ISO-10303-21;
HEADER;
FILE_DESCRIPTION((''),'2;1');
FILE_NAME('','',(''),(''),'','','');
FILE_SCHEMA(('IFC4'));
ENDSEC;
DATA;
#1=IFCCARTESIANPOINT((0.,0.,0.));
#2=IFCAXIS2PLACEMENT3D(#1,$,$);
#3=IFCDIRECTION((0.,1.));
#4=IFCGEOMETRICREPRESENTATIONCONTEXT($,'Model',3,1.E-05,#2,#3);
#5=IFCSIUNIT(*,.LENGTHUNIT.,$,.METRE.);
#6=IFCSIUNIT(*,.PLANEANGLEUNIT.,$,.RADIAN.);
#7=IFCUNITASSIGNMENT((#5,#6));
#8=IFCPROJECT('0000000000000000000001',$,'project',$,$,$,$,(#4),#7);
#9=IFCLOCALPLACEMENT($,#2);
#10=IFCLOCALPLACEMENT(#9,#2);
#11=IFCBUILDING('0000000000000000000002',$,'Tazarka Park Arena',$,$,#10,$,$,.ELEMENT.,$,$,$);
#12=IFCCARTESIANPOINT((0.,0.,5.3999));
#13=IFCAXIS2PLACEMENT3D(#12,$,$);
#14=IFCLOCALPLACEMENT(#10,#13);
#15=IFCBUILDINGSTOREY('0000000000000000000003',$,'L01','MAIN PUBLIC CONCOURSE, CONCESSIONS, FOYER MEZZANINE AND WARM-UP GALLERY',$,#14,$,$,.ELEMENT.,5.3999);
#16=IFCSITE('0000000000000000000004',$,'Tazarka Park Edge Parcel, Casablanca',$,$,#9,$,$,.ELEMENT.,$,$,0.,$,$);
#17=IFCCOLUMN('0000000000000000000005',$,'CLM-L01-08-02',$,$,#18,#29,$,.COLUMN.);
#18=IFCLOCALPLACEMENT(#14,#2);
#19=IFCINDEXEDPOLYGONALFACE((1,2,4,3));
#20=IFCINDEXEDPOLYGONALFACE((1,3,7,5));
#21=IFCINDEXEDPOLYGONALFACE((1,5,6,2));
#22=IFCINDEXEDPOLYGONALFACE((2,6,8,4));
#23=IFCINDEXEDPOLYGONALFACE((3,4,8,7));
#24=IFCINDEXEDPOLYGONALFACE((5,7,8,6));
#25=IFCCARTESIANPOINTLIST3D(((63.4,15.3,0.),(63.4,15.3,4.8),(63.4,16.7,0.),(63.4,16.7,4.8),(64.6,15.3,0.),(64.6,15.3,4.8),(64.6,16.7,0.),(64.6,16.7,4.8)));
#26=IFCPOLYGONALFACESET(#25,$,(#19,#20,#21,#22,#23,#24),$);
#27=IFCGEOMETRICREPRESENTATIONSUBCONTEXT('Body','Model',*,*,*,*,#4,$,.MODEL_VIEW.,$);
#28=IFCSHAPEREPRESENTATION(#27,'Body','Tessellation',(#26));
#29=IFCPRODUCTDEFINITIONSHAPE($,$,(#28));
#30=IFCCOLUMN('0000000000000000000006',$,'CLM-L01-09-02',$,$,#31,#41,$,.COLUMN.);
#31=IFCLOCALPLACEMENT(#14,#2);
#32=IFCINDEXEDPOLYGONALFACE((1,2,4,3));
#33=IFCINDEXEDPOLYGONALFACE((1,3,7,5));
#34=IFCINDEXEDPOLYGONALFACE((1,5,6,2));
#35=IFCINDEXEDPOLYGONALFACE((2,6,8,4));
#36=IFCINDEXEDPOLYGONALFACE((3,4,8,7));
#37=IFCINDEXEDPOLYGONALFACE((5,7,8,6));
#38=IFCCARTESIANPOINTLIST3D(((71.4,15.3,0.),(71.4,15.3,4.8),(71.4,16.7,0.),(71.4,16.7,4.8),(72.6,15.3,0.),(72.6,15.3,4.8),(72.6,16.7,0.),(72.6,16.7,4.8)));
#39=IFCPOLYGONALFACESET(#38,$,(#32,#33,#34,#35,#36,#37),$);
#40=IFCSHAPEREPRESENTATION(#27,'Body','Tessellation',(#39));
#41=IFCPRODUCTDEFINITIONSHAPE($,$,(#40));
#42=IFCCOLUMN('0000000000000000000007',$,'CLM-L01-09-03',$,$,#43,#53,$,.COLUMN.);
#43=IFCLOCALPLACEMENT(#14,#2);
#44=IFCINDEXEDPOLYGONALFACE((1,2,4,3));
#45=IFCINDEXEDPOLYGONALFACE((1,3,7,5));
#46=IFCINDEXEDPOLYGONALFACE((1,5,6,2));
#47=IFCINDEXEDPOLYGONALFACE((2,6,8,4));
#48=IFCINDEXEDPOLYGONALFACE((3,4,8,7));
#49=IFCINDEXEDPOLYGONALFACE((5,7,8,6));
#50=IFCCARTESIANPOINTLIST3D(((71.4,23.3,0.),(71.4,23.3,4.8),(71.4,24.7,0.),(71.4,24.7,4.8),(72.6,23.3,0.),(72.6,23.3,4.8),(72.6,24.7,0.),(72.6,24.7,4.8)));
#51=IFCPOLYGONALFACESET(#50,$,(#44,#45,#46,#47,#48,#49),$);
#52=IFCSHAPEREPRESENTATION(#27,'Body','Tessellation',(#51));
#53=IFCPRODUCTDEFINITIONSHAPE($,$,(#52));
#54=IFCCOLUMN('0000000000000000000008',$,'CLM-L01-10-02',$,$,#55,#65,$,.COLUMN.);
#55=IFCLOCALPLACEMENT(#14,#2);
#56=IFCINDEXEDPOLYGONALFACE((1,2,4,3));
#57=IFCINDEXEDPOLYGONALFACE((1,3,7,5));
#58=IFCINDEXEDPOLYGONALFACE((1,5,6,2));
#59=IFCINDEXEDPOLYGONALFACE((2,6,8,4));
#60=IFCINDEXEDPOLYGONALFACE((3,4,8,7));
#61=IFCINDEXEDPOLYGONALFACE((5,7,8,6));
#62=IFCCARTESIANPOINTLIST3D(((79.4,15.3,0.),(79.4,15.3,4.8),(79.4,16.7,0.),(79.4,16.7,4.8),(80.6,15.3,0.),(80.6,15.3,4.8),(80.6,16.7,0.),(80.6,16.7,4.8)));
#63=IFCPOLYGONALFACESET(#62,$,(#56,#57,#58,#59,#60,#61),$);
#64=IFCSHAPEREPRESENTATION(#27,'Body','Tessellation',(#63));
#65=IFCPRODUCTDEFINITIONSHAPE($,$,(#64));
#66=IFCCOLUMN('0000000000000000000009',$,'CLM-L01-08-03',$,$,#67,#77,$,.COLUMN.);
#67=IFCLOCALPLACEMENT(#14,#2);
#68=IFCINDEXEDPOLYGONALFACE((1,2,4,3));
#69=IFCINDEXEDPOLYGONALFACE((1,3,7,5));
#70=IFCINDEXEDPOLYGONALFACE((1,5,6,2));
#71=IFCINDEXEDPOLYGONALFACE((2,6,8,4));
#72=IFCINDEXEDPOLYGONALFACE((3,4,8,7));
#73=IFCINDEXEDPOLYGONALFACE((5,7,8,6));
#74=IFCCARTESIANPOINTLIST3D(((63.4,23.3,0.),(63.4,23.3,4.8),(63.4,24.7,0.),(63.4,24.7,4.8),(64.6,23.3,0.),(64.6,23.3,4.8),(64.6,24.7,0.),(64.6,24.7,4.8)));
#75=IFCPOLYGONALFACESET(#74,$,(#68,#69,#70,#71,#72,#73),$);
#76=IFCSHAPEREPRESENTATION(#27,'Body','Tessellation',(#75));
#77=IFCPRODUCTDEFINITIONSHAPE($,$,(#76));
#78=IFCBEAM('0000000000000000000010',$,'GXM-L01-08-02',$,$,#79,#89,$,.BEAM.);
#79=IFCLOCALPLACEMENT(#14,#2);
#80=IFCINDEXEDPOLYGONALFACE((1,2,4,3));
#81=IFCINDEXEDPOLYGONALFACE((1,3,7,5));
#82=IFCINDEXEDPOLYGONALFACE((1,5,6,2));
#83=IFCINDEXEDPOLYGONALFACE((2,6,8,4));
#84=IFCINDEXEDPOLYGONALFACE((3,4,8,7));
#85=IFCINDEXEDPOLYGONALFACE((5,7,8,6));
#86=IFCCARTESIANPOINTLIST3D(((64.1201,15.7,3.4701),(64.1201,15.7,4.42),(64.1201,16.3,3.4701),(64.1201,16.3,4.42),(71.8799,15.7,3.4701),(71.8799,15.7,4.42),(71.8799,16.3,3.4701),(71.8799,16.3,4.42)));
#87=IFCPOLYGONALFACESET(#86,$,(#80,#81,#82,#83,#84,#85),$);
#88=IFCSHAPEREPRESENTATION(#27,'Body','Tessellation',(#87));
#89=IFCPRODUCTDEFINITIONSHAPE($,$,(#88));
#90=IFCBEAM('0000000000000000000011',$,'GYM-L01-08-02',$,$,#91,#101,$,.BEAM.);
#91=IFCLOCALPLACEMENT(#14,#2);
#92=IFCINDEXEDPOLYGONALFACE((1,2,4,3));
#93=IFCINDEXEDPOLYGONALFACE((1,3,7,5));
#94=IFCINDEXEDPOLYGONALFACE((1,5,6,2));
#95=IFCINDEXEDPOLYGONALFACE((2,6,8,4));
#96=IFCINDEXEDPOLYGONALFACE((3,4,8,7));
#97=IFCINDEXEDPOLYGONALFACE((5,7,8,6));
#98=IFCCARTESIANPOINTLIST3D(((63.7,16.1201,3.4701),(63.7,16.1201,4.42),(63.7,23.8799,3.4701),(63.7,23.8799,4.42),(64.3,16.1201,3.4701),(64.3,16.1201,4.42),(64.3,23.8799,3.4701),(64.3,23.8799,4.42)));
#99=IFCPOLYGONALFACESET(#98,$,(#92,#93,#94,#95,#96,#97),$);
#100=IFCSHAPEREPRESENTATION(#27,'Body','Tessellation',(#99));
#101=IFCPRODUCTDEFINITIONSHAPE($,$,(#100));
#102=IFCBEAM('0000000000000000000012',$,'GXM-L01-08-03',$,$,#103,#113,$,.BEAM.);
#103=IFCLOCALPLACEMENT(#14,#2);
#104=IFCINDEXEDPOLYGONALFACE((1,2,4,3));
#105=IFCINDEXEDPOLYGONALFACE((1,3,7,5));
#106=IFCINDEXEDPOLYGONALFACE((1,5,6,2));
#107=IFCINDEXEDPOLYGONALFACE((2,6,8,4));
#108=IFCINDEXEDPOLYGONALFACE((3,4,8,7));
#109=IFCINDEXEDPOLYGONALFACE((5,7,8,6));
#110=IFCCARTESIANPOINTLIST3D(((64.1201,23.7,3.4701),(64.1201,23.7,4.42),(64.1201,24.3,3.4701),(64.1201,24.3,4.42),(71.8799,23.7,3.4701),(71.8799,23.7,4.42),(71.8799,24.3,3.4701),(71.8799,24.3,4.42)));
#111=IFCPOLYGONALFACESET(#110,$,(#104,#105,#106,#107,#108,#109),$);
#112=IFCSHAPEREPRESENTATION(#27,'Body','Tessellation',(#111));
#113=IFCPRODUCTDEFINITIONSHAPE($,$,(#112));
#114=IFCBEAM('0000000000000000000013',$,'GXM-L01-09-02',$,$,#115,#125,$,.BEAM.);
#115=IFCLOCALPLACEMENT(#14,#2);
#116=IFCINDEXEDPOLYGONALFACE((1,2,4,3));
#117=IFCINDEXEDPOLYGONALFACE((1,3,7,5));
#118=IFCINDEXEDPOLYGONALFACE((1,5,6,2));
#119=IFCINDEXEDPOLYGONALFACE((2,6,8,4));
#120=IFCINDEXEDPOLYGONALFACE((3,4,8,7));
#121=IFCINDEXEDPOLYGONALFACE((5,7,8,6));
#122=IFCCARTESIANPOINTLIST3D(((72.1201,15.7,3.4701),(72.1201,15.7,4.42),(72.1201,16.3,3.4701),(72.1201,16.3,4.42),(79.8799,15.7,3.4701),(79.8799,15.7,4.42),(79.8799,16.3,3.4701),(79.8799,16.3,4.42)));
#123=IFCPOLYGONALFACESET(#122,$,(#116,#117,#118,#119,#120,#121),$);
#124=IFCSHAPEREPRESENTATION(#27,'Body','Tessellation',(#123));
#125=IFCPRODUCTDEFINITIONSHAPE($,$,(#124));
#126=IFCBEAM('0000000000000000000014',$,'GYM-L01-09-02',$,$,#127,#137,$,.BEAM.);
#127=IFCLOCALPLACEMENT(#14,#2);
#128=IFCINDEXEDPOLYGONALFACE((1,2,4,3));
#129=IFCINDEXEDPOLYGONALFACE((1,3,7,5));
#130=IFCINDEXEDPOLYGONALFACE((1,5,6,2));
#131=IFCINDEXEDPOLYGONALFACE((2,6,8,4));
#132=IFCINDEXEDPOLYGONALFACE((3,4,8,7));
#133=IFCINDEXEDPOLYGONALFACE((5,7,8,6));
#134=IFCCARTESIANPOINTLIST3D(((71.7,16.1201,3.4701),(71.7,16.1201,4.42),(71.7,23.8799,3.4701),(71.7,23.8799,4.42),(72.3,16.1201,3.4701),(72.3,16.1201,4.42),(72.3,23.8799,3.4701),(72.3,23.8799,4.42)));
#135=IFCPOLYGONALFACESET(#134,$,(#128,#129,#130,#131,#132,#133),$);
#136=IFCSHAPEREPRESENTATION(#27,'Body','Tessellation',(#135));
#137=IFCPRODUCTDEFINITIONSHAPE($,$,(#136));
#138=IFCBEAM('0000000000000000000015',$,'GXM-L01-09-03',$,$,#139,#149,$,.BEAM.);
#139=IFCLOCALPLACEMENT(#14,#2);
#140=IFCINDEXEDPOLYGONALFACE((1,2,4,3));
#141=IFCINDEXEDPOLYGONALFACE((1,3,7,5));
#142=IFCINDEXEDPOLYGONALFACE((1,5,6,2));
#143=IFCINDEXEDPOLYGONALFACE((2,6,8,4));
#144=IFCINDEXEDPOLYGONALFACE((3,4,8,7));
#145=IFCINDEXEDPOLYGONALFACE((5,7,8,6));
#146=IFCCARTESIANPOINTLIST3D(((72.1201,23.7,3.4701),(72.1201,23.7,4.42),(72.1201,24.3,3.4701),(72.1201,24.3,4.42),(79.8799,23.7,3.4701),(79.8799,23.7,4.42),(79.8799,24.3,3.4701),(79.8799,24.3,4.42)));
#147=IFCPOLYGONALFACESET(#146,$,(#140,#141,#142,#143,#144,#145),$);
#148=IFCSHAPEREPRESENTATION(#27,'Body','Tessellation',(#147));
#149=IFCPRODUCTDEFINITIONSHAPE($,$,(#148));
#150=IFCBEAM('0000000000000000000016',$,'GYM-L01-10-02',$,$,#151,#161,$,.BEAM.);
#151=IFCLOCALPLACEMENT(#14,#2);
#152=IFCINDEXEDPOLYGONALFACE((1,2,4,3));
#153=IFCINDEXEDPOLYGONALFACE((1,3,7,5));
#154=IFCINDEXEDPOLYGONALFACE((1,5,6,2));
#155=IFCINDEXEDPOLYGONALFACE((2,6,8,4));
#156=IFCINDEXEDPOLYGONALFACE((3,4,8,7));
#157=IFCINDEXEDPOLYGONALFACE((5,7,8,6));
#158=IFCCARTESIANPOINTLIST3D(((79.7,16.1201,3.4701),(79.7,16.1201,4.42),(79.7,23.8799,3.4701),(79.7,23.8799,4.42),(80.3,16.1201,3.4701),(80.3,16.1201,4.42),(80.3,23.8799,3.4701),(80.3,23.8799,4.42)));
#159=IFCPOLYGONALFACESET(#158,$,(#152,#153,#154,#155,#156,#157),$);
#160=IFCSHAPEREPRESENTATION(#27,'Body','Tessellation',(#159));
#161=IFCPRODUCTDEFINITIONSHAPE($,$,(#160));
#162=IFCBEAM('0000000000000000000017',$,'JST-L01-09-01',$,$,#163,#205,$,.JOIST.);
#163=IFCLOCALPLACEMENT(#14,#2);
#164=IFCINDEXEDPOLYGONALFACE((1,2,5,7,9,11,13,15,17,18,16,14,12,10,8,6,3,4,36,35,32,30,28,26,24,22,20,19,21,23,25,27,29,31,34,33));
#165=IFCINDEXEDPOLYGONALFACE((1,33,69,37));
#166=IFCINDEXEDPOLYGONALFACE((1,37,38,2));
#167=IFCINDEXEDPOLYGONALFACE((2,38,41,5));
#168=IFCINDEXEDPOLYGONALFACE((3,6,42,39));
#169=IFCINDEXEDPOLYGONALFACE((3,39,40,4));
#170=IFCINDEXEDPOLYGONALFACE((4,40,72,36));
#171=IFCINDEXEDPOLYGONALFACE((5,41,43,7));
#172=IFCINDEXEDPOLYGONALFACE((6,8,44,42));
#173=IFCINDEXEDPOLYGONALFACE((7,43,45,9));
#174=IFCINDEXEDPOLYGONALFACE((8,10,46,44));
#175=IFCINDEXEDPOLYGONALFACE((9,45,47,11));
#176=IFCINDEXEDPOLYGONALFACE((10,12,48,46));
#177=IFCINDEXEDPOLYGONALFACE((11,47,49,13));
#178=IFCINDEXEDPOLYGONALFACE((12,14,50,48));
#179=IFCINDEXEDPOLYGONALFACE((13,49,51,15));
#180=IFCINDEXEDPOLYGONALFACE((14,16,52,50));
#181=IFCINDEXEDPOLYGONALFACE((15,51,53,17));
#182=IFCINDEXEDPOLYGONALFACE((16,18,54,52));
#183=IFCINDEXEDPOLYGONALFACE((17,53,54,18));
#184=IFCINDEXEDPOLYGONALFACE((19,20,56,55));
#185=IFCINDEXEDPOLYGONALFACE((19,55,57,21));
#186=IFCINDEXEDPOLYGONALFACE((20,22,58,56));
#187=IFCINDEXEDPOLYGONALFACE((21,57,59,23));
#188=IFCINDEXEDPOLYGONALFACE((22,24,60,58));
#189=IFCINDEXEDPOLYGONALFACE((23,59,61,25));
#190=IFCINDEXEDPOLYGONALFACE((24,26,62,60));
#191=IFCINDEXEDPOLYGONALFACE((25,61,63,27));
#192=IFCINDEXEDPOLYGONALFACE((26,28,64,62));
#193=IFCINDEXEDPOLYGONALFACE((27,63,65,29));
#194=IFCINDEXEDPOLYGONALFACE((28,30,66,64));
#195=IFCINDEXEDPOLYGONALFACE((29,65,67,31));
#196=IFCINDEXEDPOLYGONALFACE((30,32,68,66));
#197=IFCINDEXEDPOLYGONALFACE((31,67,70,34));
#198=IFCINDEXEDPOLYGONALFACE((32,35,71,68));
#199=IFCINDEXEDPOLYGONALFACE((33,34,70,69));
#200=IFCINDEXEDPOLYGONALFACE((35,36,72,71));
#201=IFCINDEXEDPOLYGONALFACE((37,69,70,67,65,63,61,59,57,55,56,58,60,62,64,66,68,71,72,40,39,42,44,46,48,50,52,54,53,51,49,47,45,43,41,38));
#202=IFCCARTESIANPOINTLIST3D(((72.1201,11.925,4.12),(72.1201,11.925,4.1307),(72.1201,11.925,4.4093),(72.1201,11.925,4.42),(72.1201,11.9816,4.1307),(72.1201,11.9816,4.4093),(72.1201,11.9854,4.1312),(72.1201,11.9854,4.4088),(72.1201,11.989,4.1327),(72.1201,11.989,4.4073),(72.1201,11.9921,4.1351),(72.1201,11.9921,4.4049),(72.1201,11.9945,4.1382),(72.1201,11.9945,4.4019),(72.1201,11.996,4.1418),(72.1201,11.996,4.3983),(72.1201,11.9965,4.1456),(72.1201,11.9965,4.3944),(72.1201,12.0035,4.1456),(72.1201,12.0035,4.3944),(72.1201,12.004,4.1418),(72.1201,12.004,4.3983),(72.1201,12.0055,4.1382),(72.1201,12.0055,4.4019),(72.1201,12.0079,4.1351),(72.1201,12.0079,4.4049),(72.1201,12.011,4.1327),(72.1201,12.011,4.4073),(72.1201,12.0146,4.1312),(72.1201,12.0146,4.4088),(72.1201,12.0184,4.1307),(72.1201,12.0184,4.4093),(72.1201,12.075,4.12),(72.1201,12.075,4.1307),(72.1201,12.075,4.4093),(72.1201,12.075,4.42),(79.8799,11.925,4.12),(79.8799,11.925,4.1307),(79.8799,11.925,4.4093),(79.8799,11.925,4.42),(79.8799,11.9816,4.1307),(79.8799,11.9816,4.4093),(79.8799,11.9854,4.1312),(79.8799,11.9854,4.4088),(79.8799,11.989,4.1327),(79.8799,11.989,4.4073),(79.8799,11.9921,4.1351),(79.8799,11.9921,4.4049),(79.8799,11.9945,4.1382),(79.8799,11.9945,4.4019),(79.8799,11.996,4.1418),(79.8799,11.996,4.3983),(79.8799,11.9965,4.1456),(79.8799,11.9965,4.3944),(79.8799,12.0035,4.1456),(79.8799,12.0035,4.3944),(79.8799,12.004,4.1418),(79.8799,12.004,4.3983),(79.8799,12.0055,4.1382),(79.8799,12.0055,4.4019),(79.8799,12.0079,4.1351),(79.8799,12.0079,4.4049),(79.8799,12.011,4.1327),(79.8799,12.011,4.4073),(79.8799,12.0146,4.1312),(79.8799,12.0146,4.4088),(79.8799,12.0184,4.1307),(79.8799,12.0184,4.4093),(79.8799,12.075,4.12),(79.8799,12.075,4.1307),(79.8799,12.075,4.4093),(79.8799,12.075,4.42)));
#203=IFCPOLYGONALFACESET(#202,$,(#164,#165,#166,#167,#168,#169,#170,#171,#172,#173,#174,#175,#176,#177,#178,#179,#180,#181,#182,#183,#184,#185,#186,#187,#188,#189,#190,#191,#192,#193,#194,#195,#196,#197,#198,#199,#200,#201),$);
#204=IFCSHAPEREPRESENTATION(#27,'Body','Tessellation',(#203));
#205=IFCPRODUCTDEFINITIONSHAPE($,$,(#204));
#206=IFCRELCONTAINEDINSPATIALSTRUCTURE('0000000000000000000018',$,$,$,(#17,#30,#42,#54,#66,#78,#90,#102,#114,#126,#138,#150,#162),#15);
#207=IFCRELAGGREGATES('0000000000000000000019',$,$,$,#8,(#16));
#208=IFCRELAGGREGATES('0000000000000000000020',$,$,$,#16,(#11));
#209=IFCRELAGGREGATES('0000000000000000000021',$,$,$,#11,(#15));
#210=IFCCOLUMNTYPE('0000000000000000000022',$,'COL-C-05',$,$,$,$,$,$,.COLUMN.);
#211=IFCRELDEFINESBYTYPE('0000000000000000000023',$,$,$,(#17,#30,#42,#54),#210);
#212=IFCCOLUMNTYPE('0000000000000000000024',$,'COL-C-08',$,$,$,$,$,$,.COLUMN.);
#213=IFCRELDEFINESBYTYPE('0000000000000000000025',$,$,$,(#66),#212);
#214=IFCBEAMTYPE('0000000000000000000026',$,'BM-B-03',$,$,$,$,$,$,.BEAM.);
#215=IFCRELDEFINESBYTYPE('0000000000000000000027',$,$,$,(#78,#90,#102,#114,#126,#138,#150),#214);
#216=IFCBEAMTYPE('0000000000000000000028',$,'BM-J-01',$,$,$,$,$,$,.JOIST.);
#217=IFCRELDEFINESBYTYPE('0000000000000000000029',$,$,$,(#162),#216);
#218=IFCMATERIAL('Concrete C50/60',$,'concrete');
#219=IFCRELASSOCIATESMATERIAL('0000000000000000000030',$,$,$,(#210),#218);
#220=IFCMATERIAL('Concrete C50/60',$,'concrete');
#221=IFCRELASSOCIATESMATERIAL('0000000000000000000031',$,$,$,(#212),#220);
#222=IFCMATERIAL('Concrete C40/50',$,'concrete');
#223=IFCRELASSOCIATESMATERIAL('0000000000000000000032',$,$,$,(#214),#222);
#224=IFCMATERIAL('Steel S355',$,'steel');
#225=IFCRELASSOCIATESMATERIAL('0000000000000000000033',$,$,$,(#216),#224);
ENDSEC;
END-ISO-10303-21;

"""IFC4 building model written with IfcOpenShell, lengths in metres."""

from ifc_helpers import new_model, si_unit, direction, frame, origin, origin_2d, place, context, subcontext, project, spatial, rectangle, i_section, extrude, material, material_profile, profile_set, type_object, element, save


model = new_model("IFC4")

# Units and contexts
model_context = context("Model", 3, precision=1e-05, world=origin(), true_north=direction((0.0, 1.0)))
body_context = subcontext(model_context, "Body", "Model", "MODEL_VIEW")
ifc_project = project(units=[si_unit("LENGTHUNIT", "METRE"), si_unit("PLANEANGLEUNIT", "RADIAN")], contexts=[model_context])

# Site, building, storey
site_placement = place(None, origin())
site = spatial("IfcSite", under=ifc_project, at=site_placement, Name="Tazarka Park Edge Parcel, Casablanca", CompositionType="ELEMENT", RefElevation=0.0)
building_placement = place(site_placement, origin())
building = spatial("IfcBuilding", under=site, at=building_placement, Name="Tazarka Park Arena", CompositionType="ELEMENT")
storey_placement = place(building_placement, frame((0.0, 0.0, 5.3999)))
storey = spatial("IfcBuildingStorey", under=building, at=storey_placement, Name="L01", Description="MAIN PUBLIC CONCOURSE, CONCESSIONS, FOYER MEZZANINE AND WARM-UP GALLERY", CompositionType="ELEMENT", Elevation=5.3999)

# Columns
ifc_material_1 = material(Name="Concrete C50/60", Category="concrete")
ifc_material_profile_1 = material_profile(ifc_material_1, rectangle(XDim=1.2, YDim=1.3999, at=origin_2d()), Name="Concrete C50/60")
ifc_profile_set_1 = profile_set([ifc_material_profile_1], Name="Concrete C50/60")
column_type_1 = type_object("IfcColumnType", Name="COL-C-05", PredefinedType="COLUMN", material=ifc_profile_set_1)
for number, where, z_axis, x_axis, name in (
    (1, (64.0, 16.0, 0.0), (0.0, 0.0, 1.0), (1.0, 0.0, 0.0), "CLM-L01-08-02"),
    (2, (72.0, 16.0, 0.0), (0.0, 0.0, 1.0), (1.0, 0.0, 0.0), "CLM-L01-09-02"),
    (3, (72.0, 24.0, 0.0), (0.0, 0.0, 1.0), (1.0, 0.0, 0.0), "CLM-L01-09-03"),
    (4, (80.0, 16.0, 0.0), (0.0, 0.0, 1.0), (1.0, 0.0, 0.0), "CLM-L01-10-02"),
):
    element("IfcColumn", number, at=place(storey_placement, frame(where, z_axis=z_axis, x_axis=x_axis)), inside=storey, type_object=column_type_1, Name=name, PredefinedType="COLUMN", context=body_context, shape_type="SweptSolid", body=[
        extrude(rectangle(XDim=1.2, YDim=1.3999, at=origin_2d()), origin(), (0.0, 0.0, 1.0), 4.8),
    ])
ifc_material_2 = material(Name="Concrete C50/60", Category="concrete")
ifc_material_profile_2 = material_profile(ifc_material_2, rectangle(XDim=1.2, YDim=1.3999, at=origin_2d()), Name="Concrete C50/60")
ifc_profile_set_2 = profile_set([ifc_material_profile_2], Name="Concrete C50/60")
column_type_2 = type_object("IfcColumnType", Name="COL-C-08", PredefinedType="COLUMN", material=ifc_profile_set_2)
column_placement = place(storey_placement, frame((64.0, 24.0, 0.0), z_axis=(0.0, 0.0, 1.0), x_axis=(1.0, 0.0, 0.0)))
element("IfcColumn", 5, at=column_placement, inside=storey, type_object=column_type_2, Name="CLM-L01-08-03", PredefinedType="COLUMN", context=body_context, shape_type="SweptSolid", body=[
    extrude(rectangle(XDim=1.2, YDim=1.3999, at=origin_2d()), origin(), (0.0, 0.0, 1.0), 4.8),
])

# Beams
ifc_material_3 = material(Name="Concrete C40/50", Category="concrete")
ifc_material_profile_3 = material_profile(ifc_material_3, rectangle(XDim=0.6001, YDim=0.95, at=origin_2d()), Name="Concrete C40/50")
ifc_profile_set_3 = profile_set([ifc_material_profile_3], Name="Concrete C40/50")
beam_type_1 = type_object("IfcBeamType", Name="BM-B-03", PredefinedType="BEAM", material=ifc_profile_set_3)
for number, where, z_axis, x_axis, name in (
    (6, (64.1201, 16.0, 3.9451), (1.0, 0.0, 0.0), (0.0, 1.0, 0.0), "GXM-L01-08-02"),
    (7, (64.0, 16.1201, 3.9451), (0.0, 1.0, 0.0), (-1.0, 0.0, 0.0), "GYM-L01-08-02"),
    (8, (64.1201, 24.0, 3.9451), (1.0, 0.0, 0.0), (0.0, 1.0, 0.0), "GXM-L01-08-03"),
    (9, (72.1201, 16.0, 3.9451), (1.0, 0.0, 0.0), (0.0, 1.0, 0.0), "GXM-L01-09-02"),
    (10, (72.0, 16.1201, 3.9451), (0.0, 1.0, 0.0), (-1.0, 0.0, 0.0), "GYM-L01-09-02"),
    (11, (72.1201, 24.0, 3.9451), (1.0, 0.0, 0.0), (0.0, 1.0, 0.0), "GXM-L01-09-03"),
    (12, (80.0, 16.1201, 3.9451), (0.0, 1.0, 0.0), (-1.0, 0.0, 0.0), "GYM-L01-10-02"),
):
    element("IfcBeam", number, at=place(storey_placement, frame(where, z_axis=z_axis, x_axis=x_axis)), inside=storey, type_object=beam_type_1, Name=name, PredefinedType="BEAM", context=body_context, shape_type="SweptSolid", body=[
        extrude(rectangle(XDim=0.6001, YDim=0.95, at=origin_2d()), origin(), (0.0, 0.0, 1.0), 7.7598),
    ])
ifc_material_4 = material(Name="Steel S355", Category="steel")
ifc_material_profile_4 = material_profile(ifc_material_4, i_section(OverallWidth=0.1499, OverallDepth=0.3, WebThickness=0.0071, FlangeThickness=0.0107, FilletRadius=0.0149, at=origin_2d()), Name="Steel S355")
ifc_profile_set_4 = profile_set([ifc_material_profile_4], Name="Steel S355")
beam_type_2 = type_object("IfcBeamType", Name="BM-J-01", PredefinedType="JOIST", material=ifc_profile_set_4)
beam_1_placement = place(storey_placement, frame((72.1201, 12.0, 4.27), z_axis=(1.0, 0.0, 0.0), x_axis=(0.0, 1.0, 0.0)))
element("IfcBeam", 13, at=beam_1_placement, inside=storey, type_object=beam_type_2, Name="JST-L01-09-01", PredefinedType="JOIST", context=body_context, shape_type="SweptSolid", body=[
    extrude(i_section(OverallWidth=0.1499, OverallDepth=0.3, WebThickness=0.0071, FlangeThickness=0.0107, FilletRadius=0.0149, at=origin_2d()), origin(), (0.0, 0.0, 1.0), 7.7598),
])

save(model, "model.ifc")
